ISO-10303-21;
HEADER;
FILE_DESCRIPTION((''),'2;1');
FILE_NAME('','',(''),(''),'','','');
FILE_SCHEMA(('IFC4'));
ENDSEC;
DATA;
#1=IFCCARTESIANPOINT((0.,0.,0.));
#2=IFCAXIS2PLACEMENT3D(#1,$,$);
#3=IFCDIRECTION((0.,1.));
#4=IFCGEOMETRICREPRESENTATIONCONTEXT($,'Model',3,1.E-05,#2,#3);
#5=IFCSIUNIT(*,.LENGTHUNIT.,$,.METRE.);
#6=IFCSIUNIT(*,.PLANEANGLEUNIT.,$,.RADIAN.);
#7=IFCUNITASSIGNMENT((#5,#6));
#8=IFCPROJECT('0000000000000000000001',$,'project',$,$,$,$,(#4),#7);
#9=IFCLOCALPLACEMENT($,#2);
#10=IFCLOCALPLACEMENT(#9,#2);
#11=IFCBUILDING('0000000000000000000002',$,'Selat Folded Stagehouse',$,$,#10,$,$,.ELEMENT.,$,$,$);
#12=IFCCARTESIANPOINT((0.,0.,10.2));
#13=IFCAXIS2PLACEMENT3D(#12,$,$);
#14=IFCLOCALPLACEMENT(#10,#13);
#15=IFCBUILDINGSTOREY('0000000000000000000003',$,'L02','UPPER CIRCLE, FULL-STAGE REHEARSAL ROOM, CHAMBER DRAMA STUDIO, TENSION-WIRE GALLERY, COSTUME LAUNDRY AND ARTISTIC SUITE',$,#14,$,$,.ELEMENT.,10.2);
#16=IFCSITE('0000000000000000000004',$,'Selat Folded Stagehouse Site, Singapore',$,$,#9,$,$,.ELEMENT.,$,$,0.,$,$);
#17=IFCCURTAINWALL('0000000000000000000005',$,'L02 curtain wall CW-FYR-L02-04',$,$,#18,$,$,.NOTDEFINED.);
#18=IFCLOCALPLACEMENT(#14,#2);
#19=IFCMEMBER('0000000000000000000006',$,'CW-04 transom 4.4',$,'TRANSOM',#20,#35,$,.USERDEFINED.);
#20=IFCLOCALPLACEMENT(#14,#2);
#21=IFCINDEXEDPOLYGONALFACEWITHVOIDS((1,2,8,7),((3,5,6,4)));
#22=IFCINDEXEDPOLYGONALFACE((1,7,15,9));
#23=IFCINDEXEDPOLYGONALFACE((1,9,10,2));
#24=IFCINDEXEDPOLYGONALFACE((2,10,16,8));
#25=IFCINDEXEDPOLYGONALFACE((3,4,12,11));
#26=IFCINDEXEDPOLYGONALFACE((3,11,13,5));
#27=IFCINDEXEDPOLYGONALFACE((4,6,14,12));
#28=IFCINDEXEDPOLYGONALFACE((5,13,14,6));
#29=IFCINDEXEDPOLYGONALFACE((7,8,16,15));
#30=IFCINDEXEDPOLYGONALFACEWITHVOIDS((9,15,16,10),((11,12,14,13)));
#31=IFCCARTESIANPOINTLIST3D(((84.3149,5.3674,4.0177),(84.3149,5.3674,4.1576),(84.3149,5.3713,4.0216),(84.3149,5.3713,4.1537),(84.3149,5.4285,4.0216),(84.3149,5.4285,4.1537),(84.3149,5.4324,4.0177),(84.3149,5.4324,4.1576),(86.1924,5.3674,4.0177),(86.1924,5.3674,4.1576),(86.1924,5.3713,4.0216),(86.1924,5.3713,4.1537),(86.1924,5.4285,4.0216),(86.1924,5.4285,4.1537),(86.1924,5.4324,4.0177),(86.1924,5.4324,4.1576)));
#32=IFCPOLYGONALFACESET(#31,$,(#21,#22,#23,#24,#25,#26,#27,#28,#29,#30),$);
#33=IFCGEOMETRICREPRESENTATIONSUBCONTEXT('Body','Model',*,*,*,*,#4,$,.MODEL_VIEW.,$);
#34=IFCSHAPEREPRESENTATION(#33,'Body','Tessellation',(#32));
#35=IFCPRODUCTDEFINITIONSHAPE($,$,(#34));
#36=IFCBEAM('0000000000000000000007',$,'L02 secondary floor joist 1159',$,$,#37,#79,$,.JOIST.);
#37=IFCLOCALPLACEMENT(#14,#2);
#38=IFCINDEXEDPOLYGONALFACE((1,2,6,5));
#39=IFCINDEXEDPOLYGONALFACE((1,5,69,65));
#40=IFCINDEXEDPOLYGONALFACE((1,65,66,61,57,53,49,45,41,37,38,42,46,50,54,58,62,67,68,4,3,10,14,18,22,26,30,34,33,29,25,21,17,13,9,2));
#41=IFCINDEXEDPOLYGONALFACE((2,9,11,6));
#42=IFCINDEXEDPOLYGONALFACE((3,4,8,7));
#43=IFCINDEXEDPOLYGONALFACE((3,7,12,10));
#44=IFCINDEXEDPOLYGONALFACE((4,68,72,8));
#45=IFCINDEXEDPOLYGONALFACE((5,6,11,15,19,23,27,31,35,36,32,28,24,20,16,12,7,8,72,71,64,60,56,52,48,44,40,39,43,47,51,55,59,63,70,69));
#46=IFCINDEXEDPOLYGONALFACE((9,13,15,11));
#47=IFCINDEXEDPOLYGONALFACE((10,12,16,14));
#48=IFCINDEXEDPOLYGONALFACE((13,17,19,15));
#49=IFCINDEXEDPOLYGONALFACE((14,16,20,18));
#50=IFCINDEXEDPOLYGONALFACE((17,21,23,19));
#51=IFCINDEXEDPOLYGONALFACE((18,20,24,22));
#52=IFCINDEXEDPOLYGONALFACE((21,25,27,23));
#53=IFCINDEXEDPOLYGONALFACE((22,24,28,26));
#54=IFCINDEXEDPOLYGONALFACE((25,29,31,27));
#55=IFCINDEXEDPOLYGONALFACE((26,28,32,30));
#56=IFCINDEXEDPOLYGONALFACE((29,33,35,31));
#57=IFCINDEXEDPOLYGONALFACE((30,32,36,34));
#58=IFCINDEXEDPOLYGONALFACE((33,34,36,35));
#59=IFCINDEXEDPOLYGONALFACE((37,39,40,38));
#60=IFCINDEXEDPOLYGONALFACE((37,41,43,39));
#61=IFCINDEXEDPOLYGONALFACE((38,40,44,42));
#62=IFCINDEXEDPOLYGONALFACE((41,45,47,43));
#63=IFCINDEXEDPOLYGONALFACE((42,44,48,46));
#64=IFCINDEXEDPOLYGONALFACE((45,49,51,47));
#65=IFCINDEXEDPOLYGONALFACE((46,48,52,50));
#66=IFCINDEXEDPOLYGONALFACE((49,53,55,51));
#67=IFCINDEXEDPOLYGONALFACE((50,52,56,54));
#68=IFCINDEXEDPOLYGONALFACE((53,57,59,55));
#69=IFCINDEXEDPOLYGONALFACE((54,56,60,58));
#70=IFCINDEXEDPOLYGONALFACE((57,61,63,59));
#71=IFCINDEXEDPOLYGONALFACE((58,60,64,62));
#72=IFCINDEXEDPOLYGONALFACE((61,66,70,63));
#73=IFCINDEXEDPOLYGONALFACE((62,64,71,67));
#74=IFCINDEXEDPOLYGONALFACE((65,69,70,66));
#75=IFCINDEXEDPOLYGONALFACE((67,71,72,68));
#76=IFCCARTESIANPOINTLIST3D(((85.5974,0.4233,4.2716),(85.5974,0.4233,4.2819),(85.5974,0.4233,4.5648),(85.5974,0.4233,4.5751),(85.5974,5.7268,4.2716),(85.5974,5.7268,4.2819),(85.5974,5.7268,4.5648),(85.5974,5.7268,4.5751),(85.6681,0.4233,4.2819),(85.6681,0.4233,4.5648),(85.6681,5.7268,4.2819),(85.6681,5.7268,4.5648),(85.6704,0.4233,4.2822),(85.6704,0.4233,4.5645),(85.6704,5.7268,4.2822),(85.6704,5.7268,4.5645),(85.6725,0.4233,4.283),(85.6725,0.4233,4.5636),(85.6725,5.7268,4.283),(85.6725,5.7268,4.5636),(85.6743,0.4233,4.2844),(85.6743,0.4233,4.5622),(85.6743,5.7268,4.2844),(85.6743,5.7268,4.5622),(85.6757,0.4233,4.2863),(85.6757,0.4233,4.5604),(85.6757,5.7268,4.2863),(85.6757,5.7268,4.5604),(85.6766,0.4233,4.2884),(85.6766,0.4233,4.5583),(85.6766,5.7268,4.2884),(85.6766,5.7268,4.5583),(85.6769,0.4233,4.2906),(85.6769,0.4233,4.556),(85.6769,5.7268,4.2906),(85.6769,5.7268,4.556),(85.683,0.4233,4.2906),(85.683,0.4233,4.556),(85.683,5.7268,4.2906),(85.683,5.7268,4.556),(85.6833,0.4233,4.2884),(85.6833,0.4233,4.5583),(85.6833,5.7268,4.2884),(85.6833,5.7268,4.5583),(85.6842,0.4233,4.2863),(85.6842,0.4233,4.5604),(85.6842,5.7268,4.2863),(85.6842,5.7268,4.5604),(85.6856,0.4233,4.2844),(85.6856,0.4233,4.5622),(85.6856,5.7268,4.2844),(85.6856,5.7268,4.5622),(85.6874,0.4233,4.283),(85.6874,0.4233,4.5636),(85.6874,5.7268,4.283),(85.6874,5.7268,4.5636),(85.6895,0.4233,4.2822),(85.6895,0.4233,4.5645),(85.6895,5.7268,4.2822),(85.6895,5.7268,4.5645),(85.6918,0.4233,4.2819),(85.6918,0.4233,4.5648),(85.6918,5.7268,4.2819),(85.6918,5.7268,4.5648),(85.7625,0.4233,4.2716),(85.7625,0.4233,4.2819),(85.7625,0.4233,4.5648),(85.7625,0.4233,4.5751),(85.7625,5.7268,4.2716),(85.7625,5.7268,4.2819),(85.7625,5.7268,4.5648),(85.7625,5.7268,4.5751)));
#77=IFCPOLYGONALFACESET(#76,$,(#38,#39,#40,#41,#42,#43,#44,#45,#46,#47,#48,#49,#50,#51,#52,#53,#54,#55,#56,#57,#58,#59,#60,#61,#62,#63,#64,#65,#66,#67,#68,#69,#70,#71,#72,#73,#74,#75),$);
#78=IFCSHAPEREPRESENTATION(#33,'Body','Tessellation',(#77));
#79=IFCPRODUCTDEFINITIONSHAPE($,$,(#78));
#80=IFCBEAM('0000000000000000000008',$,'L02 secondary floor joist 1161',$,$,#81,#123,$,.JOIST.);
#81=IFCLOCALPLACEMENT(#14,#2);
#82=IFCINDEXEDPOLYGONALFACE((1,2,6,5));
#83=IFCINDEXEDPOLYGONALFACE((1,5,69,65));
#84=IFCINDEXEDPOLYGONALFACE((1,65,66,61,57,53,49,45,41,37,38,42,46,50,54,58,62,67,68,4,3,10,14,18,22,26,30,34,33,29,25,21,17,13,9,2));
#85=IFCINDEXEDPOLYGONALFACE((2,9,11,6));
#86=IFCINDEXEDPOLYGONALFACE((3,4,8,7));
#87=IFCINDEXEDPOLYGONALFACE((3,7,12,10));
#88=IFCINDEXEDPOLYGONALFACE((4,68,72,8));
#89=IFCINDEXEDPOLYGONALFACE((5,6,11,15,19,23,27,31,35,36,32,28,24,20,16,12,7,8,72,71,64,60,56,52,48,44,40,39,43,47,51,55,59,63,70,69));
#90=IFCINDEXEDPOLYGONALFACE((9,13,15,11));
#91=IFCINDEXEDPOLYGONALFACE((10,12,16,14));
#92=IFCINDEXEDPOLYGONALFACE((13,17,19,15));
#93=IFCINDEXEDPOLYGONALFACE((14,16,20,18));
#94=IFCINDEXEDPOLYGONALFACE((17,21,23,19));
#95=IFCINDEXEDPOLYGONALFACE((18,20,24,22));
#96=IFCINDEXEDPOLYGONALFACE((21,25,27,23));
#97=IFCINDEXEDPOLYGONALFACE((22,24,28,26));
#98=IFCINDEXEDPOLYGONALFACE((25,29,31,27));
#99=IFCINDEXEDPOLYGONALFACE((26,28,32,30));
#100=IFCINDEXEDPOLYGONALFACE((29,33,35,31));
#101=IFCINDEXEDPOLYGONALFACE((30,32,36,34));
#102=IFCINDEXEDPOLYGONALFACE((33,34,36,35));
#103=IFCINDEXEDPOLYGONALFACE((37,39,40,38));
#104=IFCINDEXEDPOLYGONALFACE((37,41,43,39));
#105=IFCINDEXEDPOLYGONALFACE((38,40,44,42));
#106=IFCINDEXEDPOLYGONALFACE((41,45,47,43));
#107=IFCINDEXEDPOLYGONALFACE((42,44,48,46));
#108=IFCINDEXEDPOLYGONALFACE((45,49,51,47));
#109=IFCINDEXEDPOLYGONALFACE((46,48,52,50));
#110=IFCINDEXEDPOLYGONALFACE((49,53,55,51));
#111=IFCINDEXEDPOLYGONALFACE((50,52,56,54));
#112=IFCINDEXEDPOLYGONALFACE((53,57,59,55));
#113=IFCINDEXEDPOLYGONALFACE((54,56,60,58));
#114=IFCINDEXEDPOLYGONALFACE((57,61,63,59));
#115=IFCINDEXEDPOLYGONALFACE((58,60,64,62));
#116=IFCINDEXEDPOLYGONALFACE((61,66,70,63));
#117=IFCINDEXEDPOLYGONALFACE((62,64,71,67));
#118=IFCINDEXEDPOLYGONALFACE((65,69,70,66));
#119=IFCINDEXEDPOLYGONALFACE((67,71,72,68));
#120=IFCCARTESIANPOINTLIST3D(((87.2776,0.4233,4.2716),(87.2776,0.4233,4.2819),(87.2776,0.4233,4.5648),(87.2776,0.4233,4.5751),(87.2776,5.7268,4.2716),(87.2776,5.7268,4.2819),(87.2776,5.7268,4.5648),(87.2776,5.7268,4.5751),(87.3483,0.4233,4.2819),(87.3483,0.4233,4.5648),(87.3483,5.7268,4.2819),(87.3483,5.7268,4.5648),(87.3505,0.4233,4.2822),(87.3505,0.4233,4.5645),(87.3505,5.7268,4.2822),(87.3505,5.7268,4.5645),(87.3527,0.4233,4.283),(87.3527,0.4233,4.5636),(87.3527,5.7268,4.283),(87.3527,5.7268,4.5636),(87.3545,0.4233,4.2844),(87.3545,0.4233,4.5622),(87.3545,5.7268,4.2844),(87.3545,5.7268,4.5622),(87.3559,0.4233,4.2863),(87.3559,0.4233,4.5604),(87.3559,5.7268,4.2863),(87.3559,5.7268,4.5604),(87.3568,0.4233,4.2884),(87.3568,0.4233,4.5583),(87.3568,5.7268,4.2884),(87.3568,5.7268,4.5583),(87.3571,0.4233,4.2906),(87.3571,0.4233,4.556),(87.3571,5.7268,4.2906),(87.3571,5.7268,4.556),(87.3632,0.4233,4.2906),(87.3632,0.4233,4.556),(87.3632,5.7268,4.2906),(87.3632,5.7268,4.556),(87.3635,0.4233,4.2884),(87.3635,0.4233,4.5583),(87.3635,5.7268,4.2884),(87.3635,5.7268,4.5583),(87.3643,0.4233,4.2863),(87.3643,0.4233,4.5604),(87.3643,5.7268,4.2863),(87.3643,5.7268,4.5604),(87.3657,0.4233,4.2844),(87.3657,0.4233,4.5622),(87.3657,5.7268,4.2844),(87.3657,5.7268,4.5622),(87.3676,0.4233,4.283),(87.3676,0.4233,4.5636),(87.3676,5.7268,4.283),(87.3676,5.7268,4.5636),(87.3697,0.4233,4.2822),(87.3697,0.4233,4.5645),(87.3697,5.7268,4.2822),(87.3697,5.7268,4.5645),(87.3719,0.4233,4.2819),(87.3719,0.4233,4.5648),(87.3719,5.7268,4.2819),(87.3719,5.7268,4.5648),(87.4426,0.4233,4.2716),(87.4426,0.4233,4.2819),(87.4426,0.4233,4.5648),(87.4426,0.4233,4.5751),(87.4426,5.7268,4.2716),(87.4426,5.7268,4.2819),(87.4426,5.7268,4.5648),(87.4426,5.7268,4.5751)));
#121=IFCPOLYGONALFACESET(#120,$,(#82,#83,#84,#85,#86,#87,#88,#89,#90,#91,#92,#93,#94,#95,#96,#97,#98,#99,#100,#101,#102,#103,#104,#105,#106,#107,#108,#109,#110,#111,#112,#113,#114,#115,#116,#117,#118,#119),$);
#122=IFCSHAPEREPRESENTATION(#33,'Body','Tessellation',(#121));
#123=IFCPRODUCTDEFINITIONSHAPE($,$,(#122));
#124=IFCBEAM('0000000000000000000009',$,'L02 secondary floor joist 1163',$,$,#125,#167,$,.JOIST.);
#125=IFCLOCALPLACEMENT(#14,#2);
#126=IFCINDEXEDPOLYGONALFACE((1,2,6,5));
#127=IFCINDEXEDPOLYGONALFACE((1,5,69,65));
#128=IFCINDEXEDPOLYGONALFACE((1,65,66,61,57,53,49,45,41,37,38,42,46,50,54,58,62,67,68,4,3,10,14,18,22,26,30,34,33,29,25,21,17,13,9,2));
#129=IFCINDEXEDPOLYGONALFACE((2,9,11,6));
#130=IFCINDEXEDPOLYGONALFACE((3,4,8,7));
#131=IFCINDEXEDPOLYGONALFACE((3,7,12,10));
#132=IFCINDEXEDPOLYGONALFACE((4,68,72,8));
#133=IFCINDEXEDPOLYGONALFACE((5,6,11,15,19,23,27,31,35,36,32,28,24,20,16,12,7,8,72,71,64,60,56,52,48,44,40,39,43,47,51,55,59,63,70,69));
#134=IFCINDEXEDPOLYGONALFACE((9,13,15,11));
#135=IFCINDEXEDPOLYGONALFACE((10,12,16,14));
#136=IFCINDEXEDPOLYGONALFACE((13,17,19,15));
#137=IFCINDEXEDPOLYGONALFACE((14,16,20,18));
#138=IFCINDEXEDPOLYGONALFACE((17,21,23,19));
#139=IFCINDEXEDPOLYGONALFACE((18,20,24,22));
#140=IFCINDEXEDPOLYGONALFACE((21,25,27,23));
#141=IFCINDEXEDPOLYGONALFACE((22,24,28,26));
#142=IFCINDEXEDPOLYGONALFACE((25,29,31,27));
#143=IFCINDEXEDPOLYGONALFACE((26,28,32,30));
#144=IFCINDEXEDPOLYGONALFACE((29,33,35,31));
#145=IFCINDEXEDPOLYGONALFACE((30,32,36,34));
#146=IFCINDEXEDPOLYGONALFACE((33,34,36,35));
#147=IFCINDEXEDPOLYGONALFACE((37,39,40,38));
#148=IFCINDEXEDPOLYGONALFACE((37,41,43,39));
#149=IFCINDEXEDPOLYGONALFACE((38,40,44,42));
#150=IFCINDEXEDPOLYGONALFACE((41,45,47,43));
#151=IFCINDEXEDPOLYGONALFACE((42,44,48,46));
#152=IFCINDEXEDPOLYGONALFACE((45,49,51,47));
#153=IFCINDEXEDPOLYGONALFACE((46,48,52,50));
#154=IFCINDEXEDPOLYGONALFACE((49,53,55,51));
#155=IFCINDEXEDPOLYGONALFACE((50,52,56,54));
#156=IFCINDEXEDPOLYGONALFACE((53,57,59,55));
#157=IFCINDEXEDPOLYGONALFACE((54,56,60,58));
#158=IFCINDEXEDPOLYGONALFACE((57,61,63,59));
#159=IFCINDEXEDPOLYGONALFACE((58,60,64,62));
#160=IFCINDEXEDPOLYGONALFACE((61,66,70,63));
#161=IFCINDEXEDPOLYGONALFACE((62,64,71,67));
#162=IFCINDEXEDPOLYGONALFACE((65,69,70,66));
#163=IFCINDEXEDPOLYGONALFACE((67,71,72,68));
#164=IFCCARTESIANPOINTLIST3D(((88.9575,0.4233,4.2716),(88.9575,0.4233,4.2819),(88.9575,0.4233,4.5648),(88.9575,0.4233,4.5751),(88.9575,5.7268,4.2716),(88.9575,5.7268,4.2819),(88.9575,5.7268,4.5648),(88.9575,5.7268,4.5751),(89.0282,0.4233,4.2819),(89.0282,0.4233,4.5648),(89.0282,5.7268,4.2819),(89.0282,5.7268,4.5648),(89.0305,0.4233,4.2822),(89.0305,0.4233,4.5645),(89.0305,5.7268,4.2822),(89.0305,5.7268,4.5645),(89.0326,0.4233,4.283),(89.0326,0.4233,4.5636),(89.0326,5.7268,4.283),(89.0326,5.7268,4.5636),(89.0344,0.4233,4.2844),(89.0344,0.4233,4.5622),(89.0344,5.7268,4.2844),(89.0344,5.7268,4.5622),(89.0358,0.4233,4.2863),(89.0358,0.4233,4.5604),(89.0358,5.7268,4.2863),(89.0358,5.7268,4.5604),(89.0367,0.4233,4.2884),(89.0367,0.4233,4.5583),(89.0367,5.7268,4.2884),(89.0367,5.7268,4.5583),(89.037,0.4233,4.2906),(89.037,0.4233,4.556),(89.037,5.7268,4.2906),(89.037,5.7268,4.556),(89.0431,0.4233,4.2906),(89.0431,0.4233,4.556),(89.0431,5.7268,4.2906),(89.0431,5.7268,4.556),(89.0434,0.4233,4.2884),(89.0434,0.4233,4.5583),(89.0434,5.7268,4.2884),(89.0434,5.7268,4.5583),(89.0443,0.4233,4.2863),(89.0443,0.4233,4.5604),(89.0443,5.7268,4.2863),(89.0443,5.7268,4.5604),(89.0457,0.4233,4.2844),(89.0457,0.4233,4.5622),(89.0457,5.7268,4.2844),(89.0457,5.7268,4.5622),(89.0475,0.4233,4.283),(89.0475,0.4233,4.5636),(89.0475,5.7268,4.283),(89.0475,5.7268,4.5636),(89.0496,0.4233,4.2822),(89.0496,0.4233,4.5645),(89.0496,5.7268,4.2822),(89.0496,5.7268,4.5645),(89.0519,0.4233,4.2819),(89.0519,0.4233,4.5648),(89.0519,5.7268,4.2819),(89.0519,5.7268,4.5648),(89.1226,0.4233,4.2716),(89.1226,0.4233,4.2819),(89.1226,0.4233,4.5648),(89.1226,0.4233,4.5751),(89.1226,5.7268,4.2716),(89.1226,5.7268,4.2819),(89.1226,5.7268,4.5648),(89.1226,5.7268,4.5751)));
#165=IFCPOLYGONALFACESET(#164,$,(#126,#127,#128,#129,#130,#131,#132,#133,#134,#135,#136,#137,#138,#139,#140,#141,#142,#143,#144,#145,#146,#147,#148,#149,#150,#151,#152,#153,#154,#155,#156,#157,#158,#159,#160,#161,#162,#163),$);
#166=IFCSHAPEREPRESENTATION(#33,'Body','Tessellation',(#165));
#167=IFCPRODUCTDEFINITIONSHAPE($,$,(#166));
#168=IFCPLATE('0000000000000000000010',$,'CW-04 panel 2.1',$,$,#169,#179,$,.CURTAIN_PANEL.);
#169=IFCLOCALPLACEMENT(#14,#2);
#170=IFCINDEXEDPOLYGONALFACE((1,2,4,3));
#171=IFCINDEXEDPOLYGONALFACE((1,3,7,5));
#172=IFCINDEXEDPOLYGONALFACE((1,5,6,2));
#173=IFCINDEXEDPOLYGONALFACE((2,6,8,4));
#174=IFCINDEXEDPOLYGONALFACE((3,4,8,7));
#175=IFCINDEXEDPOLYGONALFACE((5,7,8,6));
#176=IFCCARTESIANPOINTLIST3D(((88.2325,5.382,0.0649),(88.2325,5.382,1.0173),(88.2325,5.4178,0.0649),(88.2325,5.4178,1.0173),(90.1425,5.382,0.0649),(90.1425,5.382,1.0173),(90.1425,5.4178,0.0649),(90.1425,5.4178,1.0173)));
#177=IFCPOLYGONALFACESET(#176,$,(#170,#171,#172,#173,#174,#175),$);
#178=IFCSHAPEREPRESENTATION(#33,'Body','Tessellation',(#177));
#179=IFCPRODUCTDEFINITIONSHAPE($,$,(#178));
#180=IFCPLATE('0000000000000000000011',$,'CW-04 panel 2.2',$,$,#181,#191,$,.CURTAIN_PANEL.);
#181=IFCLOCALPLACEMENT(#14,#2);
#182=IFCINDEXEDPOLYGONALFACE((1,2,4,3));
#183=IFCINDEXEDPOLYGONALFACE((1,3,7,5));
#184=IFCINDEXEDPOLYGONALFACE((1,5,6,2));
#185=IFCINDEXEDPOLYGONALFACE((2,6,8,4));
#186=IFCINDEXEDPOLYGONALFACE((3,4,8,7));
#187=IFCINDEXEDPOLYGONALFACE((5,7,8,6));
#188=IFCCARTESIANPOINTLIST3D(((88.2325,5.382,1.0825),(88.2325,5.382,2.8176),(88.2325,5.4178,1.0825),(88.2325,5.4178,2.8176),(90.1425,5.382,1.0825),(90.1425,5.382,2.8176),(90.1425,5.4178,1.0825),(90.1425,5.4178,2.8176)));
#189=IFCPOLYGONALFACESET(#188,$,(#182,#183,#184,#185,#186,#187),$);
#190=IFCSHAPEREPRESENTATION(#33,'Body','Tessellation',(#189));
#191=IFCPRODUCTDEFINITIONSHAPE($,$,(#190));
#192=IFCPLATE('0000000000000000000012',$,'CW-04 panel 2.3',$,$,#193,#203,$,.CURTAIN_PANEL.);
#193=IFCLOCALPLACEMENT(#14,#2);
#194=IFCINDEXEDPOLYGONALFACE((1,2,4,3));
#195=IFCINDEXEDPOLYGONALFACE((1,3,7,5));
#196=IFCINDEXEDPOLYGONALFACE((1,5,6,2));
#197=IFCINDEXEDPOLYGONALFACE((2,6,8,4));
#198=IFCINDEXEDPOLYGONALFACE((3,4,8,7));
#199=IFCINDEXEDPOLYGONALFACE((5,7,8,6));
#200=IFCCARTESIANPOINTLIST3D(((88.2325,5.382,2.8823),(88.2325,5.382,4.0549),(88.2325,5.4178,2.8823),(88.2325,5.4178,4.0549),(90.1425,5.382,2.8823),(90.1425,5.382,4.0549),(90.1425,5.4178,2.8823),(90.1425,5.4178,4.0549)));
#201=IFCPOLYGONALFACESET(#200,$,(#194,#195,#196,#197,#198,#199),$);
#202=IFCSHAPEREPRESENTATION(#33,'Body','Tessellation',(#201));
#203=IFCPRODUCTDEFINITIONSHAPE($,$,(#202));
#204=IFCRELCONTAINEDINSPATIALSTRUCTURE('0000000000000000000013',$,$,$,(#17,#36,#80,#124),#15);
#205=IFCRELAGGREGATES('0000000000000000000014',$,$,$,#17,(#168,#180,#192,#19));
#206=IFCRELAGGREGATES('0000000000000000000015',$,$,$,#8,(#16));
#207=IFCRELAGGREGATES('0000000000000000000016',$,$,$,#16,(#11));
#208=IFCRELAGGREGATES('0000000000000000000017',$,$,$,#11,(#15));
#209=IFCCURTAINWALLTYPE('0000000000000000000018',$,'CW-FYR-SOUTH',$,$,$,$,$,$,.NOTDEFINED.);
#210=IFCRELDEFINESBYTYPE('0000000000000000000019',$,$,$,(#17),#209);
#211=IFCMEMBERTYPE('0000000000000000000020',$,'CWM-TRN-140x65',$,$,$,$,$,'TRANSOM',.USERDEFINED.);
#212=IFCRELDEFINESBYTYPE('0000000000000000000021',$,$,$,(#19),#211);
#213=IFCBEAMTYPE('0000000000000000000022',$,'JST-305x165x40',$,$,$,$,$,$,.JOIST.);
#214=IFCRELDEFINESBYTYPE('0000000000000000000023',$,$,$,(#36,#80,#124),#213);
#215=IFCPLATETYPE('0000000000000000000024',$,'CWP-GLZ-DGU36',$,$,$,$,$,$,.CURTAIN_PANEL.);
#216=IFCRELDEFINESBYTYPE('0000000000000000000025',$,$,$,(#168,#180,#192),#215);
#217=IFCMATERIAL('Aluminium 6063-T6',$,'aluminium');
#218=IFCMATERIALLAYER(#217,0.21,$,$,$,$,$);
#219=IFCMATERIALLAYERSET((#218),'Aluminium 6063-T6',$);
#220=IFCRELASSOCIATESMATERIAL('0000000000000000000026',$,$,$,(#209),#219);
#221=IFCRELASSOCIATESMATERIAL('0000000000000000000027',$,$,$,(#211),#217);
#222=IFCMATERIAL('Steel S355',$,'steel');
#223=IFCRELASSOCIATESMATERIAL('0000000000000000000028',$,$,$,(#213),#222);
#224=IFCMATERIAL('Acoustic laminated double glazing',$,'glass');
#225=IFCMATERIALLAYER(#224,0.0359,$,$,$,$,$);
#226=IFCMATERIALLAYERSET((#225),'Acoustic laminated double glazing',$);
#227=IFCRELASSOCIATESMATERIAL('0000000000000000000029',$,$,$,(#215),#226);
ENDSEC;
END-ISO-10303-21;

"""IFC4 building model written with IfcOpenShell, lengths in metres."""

from ifc_helpers import new_model, si_unit, direction, frame, origin, origin_2d, place, context, subcontext, project, spatial, rectangle, hollow_rectangle, i_section, extrude, material, layer, layer_set, material_profile, profile_set, type_object, element, aggregate, save


model = new_model("IFC4")

# Units and contexts
model_context = context("Model", 3, precision=1e-05, world=origin(), true_north=direction((0.0, 1.0)))
body_context = subcontext(model_context, "Body", "Model", "MODEL_VIEW")
ifc_project = project(units=[si_unit("LENGTHUNIT", "METRE"), si_unit("PLANEANGLEUNIT", "RADIAN")], contexts=[model_context])

# Site, building, storey
site_placement = place(None, origin())
site = spatial("IfcSite", under=ifc_project, at=site_placement, Name="Selat Folded Stagehouse Site, Singapore", CompositionType="ELEMENT", RefElevation=0.0)
building_placement = place(site_placement, origin())
building = spatial("IfcBuilding", under=site, at=building_placement, Name="Selat Folded Stagehouse", CompositionType="ELEMENT")
storey_placement = place(building_placement, frame((0.0, 0.0, 10.2)))
storey = spatial("IfcBuildingStorey", under=building, at=storey_placement, Name="L02", Description="UPPER CIRCLE, FULL-STAGE REHEARSAL ROOM, CHAMBER DRAMA STUDIO, TENSION-WIRE GALLERY, COSTUME LAUNDRY AND ARTISTIC SUITE", CompositionType="ELEMENT", Elevation=10.2)

# Curtain wall, member
ifc_material_1 = material(Name="Aluminium 6063-T6", Category="aluminium")
ifc_layer_1 = layer(ifc_material_1, 0.21)
ifc_layer_set_1 = layer_set([ifc_layer_1], Name="Aluminium 6063-T6")
curtain_wall_type = type_object("IfcCurtainWallType", Name="CW-FYR-SOUTH", PredefinedType="NOTDEFINED", material=ifc_layer_set_1)
curtain_wall_placement = place(storey_placement, origin())
curtain_wall = element("IfcCurtainWall", 1, at=curtain_wall_placement, inside=storey, type_object=curtain_wall_type, Name="L02 curtain wall CW-FYR-L02-04", PredefinedType="NOTDEFINED")
ifc_material_profile_1 = material_profile(ifc_material_1, hollow_rectangle(XDim=0.0649, YDim=0.1399, WallThickness=0.0039, at=origin_2d()), Name="ALU 140x65x4.0")
ifc_profile_set_1 = profile_set([ifc_material_profile_1], Name="Aluminium 6063-T6")
member_type_1 = type_object("IfcMemberType", Name="CWM-TRN-140x65", ElementType="TRANSOM", PredefinedType="USERDEFINED", material=ifc_profile_set_1)
member_1_placement = place(storey_placement, frame((86.1924, 5.3999, 4.0876), z_axis=(-1.0, 0.0, 0.0), x_axis=(0.0, -1.0, 0.0)))
member_1 = element("IfcMember", 2, at=member_1_placement, type_object=member_type_1, Name="CW-04 transom 4.4", ObjectType="TRANSOM", PredefinedType="USERDEFINED", context=body_context, shape_type="SweptSolid", body=[
    extrude(hollow_rectangle(XDim=0.0649, YDim=0.1399, WallThickness=0.0039, at=origin_2d()), origin(), (0.0, 0.0, 1.0), 1.8774),
])

# Beams
ifc_material_2 = material(Name="Steel S355", Category="steel")
ifc_material_profile_2 = material_profile(ifc_material_2, i_section(OverallWidth=0.165, OverallDepth=0.3035, WebThickness=0.0061, FlangeThickness=0.0103, FilletRadius=0.0088, at=origin_2d()), Name="UKB 305x165x40")
ifc_profile_set_2 = profile_set([ifc_material_profile_2], Name="Steel S355")
beam_type = type_object("IfcBeamType", Name="JST-305x165x40", PredefinedType="JOIST", material=ifc_profile_set_2)
for number, where, z_axis, x_axis, name in (
    (3, (85.6799, 0.4233, 4.4233), (0.0, 1.0, 0.0), (-1.0, 0.0, 0.0), "L02 secondary floor joist 1159"),
    (4, (87.3601, 0.4233, 4.4233), (0.0, 1.0, 0.0), (-1.0, 0.0, 0.0), "L02 secondary floor joist 1161"),
    (5, (89.04, 0.4233, 4.4233), (0.0, 1.0, 0.0), (-1.0, 0.0, 0.0), "L02 secondary floor joist 1163"),
):
    element("IfcBeam", number, at=place(storey_placement, frame(where, z_axis=z_axis, x_axis=x_axis)), inside=storey, type_object=beam_type, Name=name, PredefinedType="JOIST", context=body_context, shape_type="SweptSolid", body=[
        extrude(i_section(OverallWidth=0.165, OverallDepth=0.3035, WebThickness=0.0061, FlangeThickness=0.0103, FilletRadius=0.0088, at=origin_2d()), origin(), (0.0, 0.0, 1.0), 5.3035),
    ])

# Plates
ifc_material_3 = material(Name="Acoustic laminated double glazing", Category="glass")
ifc_layer_2 = layer(ifc_material_3, 0.0359)
ifc_layer_set_2 = layer_set([ifc_layer_2], Name="Acoustic laminated double glazing")
plate_type = type_object("IfcPlateType", Name="CWP-GLZ-DGU36", PredefinedType="CURTAIN_PANEL", material=ifc_layer_set_2)
plate_1_placement = place(storey_placement, frame((89.1875, 5.3999, 0.0649), z_axis=(0.0, 0.0, 1.0), x_axis=(-1.0, 0.0, 0.0)))
plate_1 = element("IfcPlate", 6, at=plate_1_placement, type_object=plate_type, Name="CW-04 panel 2.1", PredefinedType="CURTAIN_PANEL", context=body_context, shape_type="SweptSolid", body=[
    extrude(rectangle(XDim=1.9099, YDim=0.0359, at=origin_2d()), origin(), (0.0, 0.0, 1.0), 0.9524),
])
plate_2_placement = place(storey_placement, frame((89.1875, 5.3999, 1.0825), z_axis=(0.0, 0.0, 1.0), x_axis=(-1.0, 0.0, 0.0)))
plate_2 = element("IfcPlate", 7, at=plate_2_placement, type_object=plate_type, Name="CW-04 panel 2.2", PredefinedType="CURTAIN_PANEL", context=body_context, shape_type="SweptSolid", body=[
    extrude(rectangle(XDim=1.9099, YDim=0.0359, at=origin_2d()), origin(), (0.0, 0.0, 1.0), 1.7351),
])
plate_3_placement = place(storey_placement, frame((89.1875, 5.3999, 2.8823), z_axis=(0.0, 0.0, 1.0), x_axis=(-1.0, 0.0, 0.0)))
plate_3 = element("IfcPlate", 8, at=plate_3_placement, type_object=plate_type, Name="CW-04 panel 2.3", PredefinedType="CURTAIN_PANEL", context=body_context, shape_type="SweptSolid", body=[
    extrude(rectangle(XDim=1.9099, YDim=0.0359, at=origin_2d()), origin(), (0.0, 0.0, 1.0), 1.1726),
])
aggregate(curtain_wall, [plate_1, plate_2, plate_3, member_1])

save(model, "model.ifc")
